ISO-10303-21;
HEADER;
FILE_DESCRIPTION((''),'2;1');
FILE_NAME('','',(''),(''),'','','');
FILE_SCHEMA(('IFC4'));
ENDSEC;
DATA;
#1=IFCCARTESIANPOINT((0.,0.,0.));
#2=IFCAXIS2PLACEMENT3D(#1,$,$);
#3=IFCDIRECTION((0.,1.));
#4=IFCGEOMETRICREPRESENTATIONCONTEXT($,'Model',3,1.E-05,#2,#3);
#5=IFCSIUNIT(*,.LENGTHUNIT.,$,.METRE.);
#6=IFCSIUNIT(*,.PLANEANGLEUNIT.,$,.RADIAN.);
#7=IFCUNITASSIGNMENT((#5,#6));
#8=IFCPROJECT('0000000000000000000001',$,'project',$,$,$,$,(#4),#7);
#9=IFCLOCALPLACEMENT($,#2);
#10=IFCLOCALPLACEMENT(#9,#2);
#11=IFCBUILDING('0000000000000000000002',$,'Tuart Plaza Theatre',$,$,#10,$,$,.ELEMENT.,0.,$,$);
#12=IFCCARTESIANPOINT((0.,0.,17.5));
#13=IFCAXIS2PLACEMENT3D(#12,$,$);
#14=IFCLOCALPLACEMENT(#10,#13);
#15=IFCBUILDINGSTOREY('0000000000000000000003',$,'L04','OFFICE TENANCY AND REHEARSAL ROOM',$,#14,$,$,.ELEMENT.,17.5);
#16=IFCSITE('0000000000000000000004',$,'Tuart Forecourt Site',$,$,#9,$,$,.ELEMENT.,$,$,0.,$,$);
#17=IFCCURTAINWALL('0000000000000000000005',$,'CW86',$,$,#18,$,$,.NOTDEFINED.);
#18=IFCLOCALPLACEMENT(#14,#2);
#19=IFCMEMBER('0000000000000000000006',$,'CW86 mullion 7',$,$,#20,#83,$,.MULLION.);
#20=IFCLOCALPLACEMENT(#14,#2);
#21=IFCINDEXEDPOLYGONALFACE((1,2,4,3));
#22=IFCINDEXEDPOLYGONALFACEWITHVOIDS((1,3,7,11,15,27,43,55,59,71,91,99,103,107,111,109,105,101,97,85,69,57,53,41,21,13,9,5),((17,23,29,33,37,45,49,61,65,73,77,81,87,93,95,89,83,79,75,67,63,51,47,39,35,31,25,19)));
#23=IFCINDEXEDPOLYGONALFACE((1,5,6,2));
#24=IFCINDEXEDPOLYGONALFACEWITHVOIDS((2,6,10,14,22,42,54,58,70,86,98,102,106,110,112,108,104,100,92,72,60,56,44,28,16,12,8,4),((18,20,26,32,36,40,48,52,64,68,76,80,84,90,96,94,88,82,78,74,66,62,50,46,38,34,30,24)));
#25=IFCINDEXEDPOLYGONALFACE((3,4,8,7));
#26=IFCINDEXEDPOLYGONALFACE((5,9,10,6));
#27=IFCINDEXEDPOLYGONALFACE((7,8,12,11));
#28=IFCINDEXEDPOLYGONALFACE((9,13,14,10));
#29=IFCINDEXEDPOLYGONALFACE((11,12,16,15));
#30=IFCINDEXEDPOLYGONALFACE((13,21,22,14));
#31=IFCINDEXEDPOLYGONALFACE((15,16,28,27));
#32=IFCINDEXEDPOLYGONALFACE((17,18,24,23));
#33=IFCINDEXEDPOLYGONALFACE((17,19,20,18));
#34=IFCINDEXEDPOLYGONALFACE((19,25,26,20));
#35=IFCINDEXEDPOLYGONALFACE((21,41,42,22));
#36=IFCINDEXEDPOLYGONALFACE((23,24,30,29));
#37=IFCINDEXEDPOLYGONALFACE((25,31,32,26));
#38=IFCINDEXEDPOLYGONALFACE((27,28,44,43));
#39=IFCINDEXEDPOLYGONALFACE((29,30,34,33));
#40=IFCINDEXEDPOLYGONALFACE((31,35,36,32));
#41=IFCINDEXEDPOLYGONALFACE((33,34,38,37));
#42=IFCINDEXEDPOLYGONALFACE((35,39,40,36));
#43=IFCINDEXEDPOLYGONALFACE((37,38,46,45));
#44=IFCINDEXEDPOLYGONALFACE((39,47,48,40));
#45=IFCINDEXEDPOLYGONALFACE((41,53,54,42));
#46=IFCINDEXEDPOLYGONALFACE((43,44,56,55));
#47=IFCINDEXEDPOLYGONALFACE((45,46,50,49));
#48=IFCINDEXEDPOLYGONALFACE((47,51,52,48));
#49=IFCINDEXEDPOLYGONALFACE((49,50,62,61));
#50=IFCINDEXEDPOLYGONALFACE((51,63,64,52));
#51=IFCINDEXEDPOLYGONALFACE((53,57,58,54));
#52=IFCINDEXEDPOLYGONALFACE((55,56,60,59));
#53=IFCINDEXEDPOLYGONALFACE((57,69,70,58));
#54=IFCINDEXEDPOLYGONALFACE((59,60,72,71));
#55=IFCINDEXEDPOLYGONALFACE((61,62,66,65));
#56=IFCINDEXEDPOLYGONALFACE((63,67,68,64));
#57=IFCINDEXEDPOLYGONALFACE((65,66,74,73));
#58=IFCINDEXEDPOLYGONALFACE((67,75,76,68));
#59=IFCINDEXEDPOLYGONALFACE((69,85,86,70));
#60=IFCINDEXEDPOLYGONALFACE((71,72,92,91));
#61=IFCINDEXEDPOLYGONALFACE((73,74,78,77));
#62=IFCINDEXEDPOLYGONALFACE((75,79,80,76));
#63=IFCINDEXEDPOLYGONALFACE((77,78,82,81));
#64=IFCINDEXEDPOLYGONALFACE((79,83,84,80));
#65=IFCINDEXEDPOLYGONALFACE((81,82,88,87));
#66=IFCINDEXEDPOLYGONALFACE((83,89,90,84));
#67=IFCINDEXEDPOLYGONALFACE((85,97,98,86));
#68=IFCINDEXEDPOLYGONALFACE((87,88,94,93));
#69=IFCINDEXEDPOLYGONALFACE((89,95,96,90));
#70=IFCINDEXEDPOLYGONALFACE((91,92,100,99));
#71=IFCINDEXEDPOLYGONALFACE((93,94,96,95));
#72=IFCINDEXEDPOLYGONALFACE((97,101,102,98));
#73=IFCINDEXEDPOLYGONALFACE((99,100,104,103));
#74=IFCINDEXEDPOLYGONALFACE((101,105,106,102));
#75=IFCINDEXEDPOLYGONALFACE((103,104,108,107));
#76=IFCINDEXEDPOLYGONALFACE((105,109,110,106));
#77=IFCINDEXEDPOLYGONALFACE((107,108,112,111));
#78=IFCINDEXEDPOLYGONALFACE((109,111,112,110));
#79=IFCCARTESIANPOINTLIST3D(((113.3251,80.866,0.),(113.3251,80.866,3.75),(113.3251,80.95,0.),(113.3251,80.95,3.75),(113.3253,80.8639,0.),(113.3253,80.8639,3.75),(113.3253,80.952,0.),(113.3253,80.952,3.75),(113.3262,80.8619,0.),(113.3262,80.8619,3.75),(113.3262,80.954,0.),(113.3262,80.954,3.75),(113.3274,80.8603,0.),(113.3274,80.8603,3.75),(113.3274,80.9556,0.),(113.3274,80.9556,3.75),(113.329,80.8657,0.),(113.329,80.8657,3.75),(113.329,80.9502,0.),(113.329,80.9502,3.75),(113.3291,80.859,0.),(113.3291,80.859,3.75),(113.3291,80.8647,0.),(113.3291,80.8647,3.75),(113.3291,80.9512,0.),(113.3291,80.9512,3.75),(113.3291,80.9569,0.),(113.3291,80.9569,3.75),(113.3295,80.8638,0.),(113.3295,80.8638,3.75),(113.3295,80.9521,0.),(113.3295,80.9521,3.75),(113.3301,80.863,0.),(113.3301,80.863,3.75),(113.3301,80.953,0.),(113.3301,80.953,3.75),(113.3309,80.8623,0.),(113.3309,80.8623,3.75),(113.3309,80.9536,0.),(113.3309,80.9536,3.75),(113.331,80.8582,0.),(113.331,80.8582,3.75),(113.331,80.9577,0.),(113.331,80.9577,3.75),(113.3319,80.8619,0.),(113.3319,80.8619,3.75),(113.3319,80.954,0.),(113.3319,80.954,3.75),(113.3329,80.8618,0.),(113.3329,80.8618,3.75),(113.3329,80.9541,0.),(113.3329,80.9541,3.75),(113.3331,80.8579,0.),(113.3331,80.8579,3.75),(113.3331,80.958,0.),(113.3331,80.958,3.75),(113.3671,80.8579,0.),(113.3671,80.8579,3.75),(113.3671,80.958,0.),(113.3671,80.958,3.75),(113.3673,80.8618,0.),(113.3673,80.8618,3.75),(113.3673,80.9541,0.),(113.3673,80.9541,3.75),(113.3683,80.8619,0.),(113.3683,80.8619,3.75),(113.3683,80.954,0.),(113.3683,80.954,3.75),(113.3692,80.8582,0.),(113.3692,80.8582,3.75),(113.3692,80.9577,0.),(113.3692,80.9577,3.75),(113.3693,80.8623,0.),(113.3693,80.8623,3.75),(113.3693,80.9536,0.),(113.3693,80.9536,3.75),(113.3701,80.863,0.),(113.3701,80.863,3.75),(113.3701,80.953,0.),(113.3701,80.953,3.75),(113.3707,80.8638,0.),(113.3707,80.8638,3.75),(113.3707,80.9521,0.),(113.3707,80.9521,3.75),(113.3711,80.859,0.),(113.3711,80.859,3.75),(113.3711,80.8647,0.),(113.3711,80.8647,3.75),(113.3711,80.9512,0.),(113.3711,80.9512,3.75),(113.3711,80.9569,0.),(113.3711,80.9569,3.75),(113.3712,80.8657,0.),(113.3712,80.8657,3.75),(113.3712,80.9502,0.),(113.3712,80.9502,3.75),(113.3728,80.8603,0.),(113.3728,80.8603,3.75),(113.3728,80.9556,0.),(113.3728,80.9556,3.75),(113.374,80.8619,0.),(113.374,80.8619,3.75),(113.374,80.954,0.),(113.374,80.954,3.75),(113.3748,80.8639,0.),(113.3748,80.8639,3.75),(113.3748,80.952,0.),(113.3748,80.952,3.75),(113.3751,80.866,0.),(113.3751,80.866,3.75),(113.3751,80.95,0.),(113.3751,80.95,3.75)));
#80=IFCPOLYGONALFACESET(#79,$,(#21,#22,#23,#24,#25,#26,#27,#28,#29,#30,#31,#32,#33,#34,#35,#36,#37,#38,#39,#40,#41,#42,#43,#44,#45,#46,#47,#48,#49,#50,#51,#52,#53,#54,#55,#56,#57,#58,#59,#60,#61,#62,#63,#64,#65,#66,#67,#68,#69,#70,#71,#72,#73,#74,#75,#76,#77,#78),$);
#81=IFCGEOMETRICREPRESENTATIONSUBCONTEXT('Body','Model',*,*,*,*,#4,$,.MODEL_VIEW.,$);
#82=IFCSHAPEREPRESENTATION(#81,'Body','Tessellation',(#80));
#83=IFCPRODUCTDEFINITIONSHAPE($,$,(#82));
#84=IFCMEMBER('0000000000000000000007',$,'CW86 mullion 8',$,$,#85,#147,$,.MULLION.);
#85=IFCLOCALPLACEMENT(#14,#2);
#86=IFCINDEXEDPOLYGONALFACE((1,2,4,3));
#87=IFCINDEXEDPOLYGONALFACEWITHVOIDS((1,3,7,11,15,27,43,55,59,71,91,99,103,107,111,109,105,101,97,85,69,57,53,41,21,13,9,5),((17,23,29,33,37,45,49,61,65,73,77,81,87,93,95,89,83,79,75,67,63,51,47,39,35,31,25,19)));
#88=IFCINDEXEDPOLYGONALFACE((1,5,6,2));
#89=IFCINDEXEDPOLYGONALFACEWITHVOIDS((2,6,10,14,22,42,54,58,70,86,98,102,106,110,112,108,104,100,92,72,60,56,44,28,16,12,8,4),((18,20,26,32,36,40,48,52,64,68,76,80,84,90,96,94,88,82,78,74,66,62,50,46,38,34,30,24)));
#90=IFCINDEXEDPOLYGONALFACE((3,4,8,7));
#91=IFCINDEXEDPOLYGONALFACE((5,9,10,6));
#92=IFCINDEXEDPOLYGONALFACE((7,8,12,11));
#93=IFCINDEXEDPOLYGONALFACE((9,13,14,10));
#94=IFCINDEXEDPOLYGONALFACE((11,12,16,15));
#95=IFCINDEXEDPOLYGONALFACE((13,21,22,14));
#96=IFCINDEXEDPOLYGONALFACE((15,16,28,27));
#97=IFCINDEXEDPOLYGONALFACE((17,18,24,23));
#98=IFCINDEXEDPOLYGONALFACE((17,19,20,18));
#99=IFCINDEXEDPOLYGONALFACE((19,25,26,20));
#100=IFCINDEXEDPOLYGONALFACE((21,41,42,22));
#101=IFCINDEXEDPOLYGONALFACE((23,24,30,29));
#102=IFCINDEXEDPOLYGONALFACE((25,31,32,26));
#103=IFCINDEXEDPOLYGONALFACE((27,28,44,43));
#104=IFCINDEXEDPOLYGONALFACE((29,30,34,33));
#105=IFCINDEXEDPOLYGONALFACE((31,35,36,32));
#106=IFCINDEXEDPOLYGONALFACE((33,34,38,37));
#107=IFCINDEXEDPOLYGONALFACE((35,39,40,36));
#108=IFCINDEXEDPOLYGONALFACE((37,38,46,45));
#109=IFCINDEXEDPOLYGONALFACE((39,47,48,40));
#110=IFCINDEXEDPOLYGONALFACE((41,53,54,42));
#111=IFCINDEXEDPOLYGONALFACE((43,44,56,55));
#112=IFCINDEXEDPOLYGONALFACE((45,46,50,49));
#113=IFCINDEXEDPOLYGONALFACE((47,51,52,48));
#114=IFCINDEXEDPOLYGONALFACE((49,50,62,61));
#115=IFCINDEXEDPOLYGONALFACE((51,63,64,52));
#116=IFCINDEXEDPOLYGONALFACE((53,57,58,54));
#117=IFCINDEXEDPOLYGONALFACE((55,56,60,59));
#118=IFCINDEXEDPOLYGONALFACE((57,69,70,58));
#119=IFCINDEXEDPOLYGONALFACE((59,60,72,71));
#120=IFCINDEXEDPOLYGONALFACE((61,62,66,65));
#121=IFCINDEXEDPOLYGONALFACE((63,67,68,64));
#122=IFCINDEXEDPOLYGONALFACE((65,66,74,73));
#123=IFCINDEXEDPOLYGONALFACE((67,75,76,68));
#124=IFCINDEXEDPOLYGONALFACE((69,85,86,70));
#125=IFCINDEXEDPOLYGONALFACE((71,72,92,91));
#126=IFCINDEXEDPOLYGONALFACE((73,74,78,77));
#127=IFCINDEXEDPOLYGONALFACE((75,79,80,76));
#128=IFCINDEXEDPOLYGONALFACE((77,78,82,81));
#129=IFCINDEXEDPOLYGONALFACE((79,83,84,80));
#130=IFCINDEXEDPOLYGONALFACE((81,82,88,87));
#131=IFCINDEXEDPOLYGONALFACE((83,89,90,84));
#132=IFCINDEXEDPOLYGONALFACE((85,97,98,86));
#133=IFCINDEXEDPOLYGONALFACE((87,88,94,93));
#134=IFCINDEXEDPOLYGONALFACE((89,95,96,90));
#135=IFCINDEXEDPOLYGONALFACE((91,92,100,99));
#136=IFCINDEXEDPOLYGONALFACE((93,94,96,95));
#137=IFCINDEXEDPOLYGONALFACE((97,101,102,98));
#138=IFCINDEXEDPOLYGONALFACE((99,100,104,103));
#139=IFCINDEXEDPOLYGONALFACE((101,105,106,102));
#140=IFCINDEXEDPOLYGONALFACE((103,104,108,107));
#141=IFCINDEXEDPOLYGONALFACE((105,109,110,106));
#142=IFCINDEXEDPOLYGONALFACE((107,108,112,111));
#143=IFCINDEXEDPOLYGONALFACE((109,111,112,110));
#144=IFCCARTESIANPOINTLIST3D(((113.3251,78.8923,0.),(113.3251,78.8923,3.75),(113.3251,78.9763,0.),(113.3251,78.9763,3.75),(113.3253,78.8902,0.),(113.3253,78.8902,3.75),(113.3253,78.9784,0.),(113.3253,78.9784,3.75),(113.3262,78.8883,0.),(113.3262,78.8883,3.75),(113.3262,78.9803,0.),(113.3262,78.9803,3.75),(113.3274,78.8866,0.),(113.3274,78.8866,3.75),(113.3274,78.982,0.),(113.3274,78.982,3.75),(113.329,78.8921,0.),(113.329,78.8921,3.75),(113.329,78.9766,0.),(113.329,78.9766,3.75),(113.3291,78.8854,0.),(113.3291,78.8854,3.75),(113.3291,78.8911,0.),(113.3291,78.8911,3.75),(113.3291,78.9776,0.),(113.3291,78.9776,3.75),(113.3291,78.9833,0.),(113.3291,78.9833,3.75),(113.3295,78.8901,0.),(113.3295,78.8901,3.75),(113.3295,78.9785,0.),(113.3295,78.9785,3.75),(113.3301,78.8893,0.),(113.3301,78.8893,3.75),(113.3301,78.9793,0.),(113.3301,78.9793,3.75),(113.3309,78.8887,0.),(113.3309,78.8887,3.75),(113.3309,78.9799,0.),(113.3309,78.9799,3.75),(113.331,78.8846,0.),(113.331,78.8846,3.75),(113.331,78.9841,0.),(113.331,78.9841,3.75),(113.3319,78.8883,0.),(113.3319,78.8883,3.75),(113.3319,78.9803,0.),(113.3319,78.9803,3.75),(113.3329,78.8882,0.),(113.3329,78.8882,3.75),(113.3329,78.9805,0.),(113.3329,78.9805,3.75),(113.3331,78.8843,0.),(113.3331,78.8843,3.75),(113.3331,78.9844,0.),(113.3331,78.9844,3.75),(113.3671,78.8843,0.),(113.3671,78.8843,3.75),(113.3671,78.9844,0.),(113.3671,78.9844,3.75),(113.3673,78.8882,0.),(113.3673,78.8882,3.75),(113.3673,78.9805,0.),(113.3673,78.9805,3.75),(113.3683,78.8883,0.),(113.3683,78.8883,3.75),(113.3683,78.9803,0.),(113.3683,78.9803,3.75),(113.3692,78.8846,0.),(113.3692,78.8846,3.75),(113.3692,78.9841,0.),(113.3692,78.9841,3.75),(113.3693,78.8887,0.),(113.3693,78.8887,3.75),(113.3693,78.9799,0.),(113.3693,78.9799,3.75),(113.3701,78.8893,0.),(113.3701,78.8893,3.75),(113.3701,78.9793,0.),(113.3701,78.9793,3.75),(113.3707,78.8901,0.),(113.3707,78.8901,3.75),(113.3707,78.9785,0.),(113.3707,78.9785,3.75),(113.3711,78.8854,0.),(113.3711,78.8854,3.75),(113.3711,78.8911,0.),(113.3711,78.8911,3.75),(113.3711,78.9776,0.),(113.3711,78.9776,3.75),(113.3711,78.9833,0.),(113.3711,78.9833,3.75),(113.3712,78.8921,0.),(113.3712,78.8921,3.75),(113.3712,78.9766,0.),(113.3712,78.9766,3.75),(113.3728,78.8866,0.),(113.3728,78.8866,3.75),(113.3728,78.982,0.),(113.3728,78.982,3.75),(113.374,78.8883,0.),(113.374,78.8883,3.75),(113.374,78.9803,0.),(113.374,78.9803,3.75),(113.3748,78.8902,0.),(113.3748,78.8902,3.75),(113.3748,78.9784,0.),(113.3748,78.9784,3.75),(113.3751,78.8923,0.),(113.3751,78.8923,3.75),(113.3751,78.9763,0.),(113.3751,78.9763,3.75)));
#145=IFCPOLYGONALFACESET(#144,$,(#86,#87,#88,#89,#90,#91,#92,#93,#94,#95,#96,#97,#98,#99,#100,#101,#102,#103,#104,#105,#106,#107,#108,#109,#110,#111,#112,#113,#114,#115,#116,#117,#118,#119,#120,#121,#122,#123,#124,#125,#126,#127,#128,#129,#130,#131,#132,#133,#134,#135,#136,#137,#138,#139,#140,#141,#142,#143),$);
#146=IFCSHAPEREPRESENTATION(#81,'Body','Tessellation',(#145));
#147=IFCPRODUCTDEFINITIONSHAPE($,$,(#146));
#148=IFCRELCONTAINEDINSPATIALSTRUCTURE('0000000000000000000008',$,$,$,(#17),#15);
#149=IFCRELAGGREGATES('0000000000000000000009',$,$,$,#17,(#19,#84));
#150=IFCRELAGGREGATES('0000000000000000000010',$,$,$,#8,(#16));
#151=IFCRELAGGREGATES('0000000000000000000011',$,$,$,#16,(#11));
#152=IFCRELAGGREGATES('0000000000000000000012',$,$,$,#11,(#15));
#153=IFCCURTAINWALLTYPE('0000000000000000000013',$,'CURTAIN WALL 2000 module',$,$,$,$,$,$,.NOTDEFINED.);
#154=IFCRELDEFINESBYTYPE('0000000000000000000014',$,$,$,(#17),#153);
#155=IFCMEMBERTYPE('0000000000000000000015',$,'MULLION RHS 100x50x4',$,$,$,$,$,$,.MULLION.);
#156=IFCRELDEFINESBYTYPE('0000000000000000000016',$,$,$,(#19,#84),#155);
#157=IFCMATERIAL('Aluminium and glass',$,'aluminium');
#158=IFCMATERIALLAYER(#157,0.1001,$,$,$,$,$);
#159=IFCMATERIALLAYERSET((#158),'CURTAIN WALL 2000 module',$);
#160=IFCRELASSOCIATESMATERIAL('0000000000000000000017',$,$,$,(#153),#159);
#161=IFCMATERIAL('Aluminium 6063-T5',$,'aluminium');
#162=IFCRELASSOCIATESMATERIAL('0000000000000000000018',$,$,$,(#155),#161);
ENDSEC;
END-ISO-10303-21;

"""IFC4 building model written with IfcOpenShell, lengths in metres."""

from ifc_helpers import new_model, si_unit, direction, frame, origin, origin_2d, place, context, subcontext, project, spatial, hollow_rectangle, extrude, material, layer, layer_set, material_profile, profile_set, type_object, element, aggregate, save


model = new_model("IFC4")

# Units and contexts
model_context = context("Model", 3, precision=1e-05, world=origin(), true_north=direction((0.0, 1.0)))
body_context = subcontext(model_context, "Body", "Model", "MODEL_VIEW")
ifc_project = project(units=[si_unit("LENGTHUNIT", "METRE"), si_unit("PLANEANGLEUNIT", "RADIAN")], contexts=[model_context])

# Site, building, storey
site_placement = place(None, origin())
site = spatial("IfcSite", under=ifc_project, at=site_placement, Name="Tuart Forecourt Site", CompositionType="ELEMENT", RefElevation=0.0)
building_placement = place(site_placement, origin())
building = spatial("IfcBuilding", under=site, at=building_placement, Name="Tuart Plaza Theatre", CompositionType="ELEMENT", ElevationOfRefHeight=0.0)
storey_placement = place(building_placement, frame((0.0, 0.0, 17.5)))
storey = spatial("IfcBuildingStorey", under=building, at=storey_placement, Name="L04", Description="OFFICE TENANCY AND REHEARSAL ROOM", CompositionType="ELEMENT", Elevation=17.5)

# Curtain wall, members
ifc_material_1 = material(Name="Aluminium and glass", Category="aluminium")
ifc_layer_1 = layer(ifc_material_1, 0.1001)
ifc_layer_set_1 = layer_set([ifc_layer_1], Name="CURTAIN WALL 2000 module")
curtain_wall_type = type_object("IfcCurtainWallType", Name="CURTAIN WALL 2000 module", PredefinedType="NOTDEFINED", material=ifc_layer_set_1)
curtain_wall_placement = place(storey_placement, origin())
curtain_wall = element("IfcCurtainWall", 1, at=curtain_wall_placement, inside=storey, type_object=curtain_wall_type, Name="CW86", PredefinedType="NOTDEFINED")
ifc_material_2 = material(Name="Aluminium 6063-T5", Category="aluminium")
ifc_material_profile_1 = material_profile(ifc_material_2, hollow_rectangle(XDim=0.05, YDim=0.1001, WallThickness=0.0039, InnerFilletRadius=0.0039, OuterFilletRadius=0.0081, at=origin_2d()), Name="RHS 100x50x4")
ifc_profile_set_1 = profile_set([ifc_material_profile_1], Name="Aluminium 6063-T5")
member_type_1 = type_object("IfcMemberType", Name="MULLION RHS 100x50x4", PredefinedType="MULLION", material=ifc_profile_set_1)
member_1_placement = place(storey_placement, frame((113.3501, 80.908, 0.0), z_axis=(0.0, 0.0, 1.0), x_axis=(1.0, 0.0, 0.0)))
member_1 = element("IfcMember", 2, at=member_1_placement, type_object=member_type_1, Name="CW86 mullion 7", PredefinedType="MULLION", context=body_context, shape_type="SweptSolid", body=[
    extrude(hollow_rectangle(XDim=0.05, YDim=0.1001, WallThickness=0.0039, InnerFilletRadius=0.0039, OuterFilletRadius=0.0081, at=origin_2d()), origin(), (0.0, 0.0, 1.0), 3.75),
])
member_2_placement = place(storey_placement, frame((113.3501, 78.9343, 0.0), z_axis=(0.0, 0.0, 1.0), x_axis=(1.0, 0.0, 0.0)))
member_2 = element("IfcMember", 3, at=member_2_placement, type_object=member_type_1, Name="CW86 mullion 8", PredefinedType="MULLION", context=body_context, shape_type="SweptSolid", body=[
    extrude(hollow_rectangle(XDim=0.05, YDim=0.1001, WallThickness=0.0039, InnerFilletRadius=0.0039, OuterFilletRadius=0.0081, at=origin_2d()), origin(), (0.0, 0.0, 1.0), 3.75),
])
aggregate(curtain_wall, [member_1, member_2])

save(model, "model.ifc")
